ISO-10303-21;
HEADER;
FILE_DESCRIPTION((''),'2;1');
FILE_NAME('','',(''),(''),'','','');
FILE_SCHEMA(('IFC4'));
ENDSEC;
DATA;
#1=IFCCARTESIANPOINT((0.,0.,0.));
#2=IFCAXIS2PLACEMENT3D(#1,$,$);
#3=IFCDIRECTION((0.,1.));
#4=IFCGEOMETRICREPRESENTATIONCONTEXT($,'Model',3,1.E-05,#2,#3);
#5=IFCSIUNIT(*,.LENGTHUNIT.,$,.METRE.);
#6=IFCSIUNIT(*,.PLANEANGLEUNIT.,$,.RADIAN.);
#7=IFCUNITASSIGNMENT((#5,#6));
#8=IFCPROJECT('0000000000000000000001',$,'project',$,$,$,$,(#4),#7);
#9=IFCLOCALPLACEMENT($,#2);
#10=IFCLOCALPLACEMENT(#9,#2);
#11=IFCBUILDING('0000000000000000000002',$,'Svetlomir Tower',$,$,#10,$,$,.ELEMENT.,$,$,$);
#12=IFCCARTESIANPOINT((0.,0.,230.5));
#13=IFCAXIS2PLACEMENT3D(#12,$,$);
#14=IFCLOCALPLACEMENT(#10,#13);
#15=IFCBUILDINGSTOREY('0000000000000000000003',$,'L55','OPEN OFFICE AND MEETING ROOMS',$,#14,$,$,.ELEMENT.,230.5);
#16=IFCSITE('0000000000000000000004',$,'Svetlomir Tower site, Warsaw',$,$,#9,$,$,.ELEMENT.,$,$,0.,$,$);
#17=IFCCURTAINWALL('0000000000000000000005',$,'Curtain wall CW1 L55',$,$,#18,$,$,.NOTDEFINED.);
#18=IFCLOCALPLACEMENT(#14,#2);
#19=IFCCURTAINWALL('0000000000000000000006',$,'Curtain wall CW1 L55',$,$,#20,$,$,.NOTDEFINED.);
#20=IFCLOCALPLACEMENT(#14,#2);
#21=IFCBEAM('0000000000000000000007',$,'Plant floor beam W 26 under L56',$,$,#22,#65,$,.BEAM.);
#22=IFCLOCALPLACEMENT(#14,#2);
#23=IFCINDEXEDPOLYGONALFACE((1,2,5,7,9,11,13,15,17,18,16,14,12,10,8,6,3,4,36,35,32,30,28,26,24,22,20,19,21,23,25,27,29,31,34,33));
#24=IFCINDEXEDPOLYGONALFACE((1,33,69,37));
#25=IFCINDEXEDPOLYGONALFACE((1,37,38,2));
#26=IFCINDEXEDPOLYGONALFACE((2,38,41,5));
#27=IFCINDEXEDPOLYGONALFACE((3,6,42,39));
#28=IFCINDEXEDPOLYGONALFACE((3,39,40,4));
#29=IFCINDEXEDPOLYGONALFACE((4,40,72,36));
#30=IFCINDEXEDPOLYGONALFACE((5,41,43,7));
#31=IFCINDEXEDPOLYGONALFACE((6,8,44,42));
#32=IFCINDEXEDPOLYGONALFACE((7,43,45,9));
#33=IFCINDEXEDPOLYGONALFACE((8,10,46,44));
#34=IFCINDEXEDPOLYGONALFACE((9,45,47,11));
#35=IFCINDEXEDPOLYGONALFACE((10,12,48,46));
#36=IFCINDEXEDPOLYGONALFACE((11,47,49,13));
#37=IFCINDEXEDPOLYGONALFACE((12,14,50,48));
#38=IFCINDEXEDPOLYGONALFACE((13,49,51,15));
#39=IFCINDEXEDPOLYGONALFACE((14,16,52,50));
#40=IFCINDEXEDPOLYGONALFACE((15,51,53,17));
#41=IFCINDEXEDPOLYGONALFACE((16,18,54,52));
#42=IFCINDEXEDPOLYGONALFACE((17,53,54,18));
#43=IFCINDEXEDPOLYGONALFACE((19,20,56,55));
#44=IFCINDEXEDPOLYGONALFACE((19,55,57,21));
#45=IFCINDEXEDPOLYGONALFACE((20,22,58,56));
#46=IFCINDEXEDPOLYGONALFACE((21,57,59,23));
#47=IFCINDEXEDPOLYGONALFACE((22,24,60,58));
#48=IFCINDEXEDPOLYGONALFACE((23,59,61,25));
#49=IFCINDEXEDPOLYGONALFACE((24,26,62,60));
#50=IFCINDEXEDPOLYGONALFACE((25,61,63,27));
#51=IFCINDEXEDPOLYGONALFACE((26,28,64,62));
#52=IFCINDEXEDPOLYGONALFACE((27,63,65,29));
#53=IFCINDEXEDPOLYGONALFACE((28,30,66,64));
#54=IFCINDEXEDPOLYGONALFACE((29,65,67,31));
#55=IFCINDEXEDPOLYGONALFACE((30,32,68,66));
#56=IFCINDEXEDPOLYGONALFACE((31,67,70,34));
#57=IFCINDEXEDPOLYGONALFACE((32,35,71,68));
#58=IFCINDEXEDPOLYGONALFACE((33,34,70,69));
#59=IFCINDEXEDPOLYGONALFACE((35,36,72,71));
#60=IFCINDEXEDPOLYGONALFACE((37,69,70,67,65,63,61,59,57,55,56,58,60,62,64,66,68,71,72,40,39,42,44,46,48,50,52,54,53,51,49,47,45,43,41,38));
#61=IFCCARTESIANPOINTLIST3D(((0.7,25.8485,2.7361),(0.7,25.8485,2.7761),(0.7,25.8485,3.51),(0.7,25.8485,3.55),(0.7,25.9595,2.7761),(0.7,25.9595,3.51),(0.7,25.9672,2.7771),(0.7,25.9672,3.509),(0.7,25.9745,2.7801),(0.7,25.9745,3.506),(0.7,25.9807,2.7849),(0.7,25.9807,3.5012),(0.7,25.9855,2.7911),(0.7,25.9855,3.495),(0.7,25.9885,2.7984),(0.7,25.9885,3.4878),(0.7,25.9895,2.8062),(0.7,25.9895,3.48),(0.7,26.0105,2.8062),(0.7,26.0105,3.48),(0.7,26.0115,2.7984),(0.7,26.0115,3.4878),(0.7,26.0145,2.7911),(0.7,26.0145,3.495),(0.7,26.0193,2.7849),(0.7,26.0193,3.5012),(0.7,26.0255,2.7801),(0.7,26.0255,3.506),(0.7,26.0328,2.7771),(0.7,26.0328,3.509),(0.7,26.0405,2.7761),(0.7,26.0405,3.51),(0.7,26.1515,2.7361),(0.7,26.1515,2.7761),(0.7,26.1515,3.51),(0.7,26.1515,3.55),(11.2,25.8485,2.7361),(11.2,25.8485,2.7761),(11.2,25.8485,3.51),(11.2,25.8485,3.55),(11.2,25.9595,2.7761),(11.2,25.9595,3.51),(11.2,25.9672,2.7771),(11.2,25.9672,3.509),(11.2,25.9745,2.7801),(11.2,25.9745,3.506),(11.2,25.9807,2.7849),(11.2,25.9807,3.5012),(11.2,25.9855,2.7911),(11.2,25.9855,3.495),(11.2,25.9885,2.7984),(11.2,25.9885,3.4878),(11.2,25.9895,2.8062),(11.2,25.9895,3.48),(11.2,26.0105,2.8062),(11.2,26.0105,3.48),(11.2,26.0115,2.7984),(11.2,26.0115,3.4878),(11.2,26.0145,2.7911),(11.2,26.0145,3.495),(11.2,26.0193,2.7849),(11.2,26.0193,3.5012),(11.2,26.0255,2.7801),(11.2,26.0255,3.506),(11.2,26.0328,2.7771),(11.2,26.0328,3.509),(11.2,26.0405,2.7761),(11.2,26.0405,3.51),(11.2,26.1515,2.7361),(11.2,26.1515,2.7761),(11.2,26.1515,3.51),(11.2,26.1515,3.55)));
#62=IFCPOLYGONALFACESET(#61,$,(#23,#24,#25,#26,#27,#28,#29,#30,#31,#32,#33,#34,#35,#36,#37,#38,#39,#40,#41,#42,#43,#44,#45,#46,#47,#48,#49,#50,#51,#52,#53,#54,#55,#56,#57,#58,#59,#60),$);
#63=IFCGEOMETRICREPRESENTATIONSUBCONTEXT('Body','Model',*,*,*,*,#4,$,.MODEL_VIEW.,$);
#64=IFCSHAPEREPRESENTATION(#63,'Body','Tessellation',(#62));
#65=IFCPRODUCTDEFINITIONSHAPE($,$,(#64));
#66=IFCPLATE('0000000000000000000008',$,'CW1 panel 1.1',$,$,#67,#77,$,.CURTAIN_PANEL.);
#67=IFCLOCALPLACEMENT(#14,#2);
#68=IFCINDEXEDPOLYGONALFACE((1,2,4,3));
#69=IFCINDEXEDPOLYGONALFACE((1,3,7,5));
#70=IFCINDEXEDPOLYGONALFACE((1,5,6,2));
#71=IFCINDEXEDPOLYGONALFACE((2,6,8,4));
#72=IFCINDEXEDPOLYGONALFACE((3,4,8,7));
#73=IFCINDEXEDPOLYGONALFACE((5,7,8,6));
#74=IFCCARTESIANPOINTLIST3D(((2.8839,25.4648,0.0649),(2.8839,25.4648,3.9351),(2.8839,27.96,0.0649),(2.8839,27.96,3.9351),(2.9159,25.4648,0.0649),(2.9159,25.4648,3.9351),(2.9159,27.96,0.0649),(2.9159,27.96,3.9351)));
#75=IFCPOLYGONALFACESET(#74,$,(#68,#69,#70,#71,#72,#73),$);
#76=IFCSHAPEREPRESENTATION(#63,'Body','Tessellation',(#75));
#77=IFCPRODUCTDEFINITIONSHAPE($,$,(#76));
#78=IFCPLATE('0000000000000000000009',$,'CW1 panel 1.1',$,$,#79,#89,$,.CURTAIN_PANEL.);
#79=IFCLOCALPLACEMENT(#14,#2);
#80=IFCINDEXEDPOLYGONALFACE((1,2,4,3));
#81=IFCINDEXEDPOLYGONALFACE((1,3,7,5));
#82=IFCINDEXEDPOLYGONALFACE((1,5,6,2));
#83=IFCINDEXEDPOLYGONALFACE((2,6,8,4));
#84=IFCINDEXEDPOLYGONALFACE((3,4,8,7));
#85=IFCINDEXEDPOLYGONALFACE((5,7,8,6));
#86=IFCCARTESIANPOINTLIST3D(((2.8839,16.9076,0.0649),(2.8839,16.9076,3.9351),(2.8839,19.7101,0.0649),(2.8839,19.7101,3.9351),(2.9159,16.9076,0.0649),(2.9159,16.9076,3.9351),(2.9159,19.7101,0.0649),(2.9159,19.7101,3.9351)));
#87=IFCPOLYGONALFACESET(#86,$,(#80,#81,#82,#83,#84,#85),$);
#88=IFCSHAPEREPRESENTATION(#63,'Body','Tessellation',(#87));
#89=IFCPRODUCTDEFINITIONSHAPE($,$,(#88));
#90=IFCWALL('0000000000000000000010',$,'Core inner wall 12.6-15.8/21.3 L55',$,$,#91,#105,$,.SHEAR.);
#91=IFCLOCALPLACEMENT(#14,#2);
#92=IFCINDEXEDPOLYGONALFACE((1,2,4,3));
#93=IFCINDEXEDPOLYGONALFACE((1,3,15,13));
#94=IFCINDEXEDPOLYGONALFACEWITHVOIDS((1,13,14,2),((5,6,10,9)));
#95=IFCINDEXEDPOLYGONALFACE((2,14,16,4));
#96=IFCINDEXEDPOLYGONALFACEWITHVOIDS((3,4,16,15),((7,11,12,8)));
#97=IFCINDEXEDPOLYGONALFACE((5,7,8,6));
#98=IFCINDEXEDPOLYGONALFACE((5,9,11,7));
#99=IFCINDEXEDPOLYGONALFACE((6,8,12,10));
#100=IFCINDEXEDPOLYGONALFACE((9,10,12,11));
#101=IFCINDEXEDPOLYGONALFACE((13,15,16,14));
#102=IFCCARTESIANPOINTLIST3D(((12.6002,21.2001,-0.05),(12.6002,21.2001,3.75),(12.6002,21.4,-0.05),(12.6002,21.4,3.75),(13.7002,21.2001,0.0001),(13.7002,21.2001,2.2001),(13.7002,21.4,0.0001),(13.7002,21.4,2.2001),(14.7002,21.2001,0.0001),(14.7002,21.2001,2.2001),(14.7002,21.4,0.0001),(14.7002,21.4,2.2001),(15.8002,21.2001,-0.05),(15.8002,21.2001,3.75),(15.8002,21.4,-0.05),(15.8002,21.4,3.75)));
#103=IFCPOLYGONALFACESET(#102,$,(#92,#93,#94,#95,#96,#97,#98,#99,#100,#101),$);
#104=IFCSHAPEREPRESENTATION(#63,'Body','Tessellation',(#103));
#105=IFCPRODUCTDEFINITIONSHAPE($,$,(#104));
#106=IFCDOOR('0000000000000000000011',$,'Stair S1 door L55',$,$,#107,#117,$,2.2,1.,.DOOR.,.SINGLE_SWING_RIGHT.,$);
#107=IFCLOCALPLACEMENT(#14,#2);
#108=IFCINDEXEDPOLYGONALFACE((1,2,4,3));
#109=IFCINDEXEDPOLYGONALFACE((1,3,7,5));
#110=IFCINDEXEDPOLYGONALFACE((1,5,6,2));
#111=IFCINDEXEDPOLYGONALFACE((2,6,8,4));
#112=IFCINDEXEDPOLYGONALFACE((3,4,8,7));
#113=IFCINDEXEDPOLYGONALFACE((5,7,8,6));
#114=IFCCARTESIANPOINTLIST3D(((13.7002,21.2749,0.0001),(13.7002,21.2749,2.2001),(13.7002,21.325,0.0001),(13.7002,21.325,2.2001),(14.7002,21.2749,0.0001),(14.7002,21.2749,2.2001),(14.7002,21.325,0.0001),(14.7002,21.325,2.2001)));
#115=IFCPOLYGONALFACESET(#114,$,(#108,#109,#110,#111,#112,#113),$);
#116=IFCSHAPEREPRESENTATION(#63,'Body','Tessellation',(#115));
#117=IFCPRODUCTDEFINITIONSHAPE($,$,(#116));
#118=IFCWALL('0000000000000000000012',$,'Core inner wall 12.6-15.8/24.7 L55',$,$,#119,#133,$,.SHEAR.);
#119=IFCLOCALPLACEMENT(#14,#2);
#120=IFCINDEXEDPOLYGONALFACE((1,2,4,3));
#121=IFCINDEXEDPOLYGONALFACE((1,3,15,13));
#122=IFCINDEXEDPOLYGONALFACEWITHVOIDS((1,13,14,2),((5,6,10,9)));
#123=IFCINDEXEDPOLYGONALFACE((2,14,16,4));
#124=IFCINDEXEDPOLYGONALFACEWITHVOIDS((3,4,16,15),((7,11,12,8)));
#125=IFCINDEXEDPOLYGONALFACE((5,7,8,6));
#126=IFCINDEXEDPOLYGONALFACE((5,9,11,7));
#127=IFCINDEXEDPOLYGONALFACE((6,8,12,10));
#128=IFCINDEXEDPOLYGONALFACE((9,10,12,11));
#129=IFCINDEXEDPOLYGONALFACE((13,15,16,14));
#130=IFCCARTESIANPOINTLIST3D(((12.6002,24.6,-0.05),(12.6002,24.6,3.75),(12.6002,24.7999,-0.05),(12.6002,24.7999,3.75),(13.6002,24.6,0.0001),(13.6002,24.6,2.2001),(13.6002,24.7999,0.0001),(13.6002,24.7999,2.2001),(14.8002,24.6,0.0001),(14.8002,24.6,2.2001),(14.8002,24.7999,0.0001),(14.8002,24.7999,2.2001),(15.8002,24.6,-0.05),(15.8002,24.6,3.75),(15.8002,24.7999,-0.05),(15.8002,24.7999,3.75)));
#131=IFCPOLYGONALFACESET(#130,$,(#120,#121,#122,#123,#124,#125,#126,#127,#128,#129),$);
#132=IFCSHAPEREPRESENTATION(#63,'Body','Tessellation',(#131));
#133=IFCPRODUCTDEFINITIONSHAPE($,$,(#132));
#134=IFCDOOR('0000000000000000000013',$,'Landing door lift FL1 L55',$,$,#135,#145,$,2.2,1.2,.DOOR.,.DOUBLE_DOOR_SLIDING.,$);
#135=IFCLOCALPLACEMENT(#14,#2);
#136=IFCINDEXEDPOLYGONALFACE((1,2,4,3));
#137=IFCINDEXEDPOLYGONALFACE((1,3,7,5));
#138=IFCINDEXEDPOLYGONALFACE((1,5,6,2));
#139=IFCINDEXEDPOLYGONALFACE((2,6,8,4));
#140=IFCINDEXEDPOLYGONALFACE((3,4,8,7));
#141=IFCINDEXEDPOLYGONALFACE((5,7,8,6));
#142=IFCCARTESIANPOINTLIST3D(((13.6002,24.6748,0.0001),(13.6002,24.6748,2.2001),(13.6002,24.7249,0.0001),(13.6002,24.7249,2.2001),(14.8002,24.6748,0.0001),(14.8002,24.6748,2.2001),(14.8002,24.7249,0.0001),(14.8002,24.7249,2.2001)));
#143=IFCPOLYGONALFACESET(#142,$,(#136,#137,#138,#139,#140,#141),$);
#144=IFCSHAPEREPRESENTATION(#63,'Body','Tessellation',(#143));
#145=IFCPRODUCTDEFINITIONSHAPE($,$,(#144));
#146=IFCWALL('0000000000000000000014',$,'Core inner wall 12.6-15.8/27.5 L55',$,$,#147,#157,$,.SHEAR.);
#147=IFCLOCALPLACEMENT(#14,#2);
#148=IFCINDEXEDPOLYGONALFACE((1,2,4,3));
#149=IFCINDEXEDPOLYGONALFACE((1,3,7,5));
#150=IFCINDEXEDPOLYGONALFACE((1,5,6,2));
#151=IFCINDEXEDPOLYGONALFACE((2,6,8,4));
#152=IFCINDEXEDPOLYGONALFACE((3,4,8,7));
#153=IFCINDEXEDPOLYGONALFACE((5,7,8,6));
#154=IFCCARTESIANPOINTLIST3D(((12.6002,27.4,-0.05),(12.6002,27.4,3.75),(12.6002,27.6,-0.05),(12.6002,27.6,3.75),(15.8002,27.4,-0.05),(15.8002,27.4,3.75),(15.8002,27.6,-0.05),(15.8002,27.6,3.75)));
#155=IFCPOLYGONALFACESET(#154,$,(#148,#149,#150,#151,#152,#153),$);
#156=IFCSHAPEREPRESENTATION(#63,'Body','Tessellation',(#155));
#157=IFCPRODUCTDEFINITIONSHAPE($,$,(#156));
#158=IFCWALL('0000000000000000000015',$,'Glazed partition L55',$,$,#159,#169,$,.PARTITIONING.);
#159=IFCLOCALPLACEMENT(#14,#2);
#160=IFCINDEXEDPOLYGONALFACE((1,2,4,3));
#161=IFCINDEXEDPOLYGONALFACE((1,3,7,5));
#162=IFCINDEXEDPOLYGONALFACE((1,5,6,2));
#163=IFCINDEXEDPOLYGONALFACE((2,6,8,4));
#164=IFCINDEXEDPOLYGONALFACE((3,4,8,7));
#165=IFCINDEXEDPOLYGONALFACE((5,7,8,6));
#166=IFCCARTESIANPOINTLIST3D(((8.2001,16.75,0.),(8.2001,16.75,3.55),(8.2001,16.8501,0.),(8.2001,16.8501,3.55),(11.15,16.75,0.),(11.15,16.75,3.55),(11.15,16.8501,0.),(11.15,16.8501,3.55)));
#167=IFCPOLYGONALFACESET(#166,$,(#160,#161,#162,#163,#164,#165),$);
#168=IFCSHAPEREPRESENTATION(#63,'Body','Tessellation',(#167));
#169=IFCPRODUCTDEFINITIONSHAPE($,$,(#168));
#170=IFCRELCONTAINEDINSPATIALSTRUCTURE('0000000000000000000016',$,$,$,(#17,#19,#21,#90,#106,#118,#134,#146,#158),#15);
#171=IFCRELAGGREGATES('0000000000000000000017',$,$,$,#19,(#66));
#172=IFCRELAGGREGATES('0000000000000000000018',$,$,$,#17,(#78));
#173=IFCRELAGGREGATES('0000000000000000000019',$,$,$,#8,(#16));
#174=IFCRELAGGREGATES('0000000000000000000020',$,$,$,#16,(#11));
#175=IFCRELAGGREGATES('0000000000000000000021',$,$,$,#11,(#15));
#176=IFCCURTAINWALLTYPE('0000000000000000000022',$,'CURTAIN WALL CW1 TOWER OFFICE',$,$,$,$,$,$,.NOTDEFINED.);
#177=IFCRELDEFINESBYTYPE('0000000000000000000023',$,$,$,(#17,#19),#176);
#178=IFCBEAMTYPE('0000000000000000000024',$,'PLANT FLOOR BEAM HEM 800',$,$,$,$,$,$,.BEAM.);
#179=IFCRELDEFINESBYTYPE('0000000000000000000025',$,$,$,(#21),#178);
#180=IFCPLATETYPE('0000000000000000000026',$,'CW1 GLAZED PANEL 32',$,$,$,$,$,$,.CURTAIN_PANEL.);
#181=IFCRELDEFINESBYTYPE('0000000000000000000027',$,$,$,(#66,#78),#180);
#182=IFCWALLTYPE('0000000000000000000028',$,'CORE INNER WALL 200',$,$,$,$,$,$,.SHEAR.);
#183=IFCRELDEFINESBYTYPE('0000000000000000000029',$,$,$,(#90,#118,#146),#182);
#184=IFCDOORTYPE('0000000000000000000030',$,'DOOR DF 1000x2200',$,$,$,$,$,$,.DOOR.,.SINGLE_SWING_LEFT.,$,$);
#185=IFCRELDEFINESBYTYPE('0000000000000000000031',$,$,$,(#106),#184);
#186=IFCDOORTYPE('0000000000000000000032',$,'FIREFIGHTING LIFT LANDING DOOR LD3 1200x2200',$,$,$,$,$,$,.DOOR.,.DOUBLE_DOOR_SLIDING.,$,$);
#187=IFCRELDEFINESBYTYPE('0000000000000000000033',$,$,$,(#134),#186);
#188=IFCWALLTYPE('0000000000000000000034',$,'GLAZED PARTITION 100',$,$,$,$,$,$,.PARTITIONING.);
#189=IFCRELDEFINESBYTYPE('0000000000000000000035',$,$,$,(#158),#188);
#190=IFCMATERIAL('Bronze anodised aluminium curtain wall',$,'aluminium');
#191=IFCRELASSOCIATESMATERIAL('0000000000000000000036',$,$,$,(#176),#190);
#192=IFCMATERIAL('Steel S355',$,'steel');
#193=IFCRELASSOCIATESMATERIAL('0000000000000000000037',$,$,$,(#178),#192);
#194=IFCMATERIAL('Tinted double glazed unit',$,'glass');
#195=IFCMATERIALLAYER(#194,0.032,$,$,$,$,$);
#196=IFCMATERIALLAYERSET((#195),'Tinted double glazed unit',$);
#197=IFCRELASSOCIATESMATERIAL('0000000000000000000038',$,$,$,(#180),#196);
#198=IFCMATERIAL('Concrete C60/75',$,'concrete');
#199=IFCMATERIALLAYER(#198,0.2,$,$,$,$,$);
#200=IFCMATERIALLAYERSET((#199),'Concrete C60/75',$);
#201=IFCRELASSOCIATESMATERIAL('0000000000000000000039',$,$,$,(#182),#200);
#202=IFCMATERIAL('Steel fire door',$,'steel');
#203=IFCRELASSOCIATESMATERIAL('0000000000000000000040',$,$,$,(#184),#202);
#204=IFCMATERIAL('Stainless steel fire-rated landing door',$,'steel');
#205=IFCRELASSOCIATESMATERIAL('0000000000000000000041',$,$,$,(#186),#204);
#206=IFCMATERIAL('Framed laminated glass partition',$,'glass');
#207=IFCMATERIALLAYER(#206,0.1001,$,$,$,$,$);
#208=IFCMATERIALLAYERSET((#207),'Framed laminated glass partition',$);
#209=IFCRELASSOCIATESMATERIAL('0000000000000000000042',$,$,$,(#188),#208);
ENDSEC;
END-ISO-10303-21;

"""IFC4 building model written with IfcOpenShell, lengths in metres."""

from ifc_helpers import new_model, si_unit, direction, frame, frame_2d, origin, origin_2d, place, context, subcontext, project, spatial, rectangle, i_section, extrude, material, layer, layer_set, material_profile, profile_set, type_object, element, fill, aggregate, save


model = new_model("IFC4")

# Units and contexts
model_context = context("Model", 3, precision=1e-05, world=origin(), true_north=direction((0.0, 1.0)))
body_context = subcontext(model_context, "Body", "Model", "MODEL_VIEW")
ifc_project = project(units=[si_unit("LENGTHUNIT", "METRE"), si_unit("PLANEANGLEUNIT", "RADIAN")], contexts=[model_context])

# Site, building, storey
site_placement = place(None, origin())
site = spatial("IfcSite", under=ifc_project, at=site_placement, Name="Svetlomir Tower site, Warsaw", CompositionType="ELEMENT", RefElevation=0.0)
building_placement = place(site_placement, origin())
building = spatial("IfcBuilding", under=site, at=building_placement, Name="Svetlomir Tower", CompositionType="ELEMENT")
storey_placement = place(building_placement, frame((0.0, 0.0, 230.5)))
storey = spatial("IfcBuildingStorey", under=building, at=storey_placement, Name="L55", Description="OPEN OFFICE AND MEETING ROOMS", CompositionType="ELEMENT", Elevation=230.5)

# Curtain walls
ifc_material_1 = material(Name="Bronze anodised aluminium curtain wall", Category="aluminium")
curtain_wall_type = type_object("IfcCurtainWallType", Name="CURTAIN WALL CW1 TOWER OFFICE", PredefinedType="NOTDEFINED", material=ifc_material_1)
curtain_wall_1_placement = place(storey_placement, origin())
curtain_wall_1 = element("IfcCurtainWall", 1, at=curtain_wall_1_placement, inside=storey, type_object=curtain_wall_type, Name="Curtain wall CW1 L55", PredefinedType="NOTDEFINED")
curtain_wall_2_placement = place(storey_placement, origin())
curtain_wall_2 = element("IfcCurtainWall", 2, at=curtain_wall_2_placement, inside=storey, type_object=curtain_wall_type, Name="Curtain wall CW1 L55", PredefinedType="NOTDEFINED")

# Beam
ifc_material_2 = material(Name="Steel S355", Category="steel")
ifc_material_profile_1 = material_profile(ifc_material_2, i_section(OverallWidth=0.303, OverallDepth=0.814, WebThickness=0.021, FlangeThickness=0.04, FilletRadius=0.03, at=origin_2d()), Name="HEM 800")
ifc_profile_set_1 = profile_set([ifc_material_profile_1], Name="Steel S355")
beam_type_1 = type_object("IfcBeamType", Name="PLANT FLOOR BEAM HEM 800", PredefinedType="BEAM", material=ifc_profile_set_1)
beam_1_placement = place(storey_placement, frame((0.7, 26.0, 3.1431), z_axis=(1.0, 0.0, 0.0), x_axis=(0.0, 1.0, 0.0)))
element("IfcBeam", 3, at=beam_1_placement, inside=storey, type_object=beam_type_1, Name="Plant floor beam W 26 under L56", PredefinedType="BEAM", context=body_context, shape_type="SweptSolid", body=[
    extrude(i_section(OverallWidth=0.303, OverallDepth=0.814, WebThickness=0.021, FlangeThickness=0.04, FilletRadius=0.03, at=origin_2d()), origin(), (0.0, 0.0, 1.0), 10.5),
])

# Plates
ifc_material_3 = material(Name="Tinted double glazed unit", Category="glass")
ifc_layer_1 = layer(ifc_material_3, 0.032)
ifc_layer_set_1 = layer_set([ifc_layer_1], Name="Tinted double glazed unit")
plate_type = type_object("IfcPlateType", Name="CW1 GLAZED PANEL 32", PredefinedType="CURTAIN_PANEL", material=ifc_layer_set_1)
plate_1_placement = place(storey_placement, frame((2.8999, 26.7124, 0.0649), z_axis=(0.0, 0.0, 1.0), x_axis=(0.0, -1.0, 0.0)))
plate_1 = element("IfcPlate", 4, at=plate_1_placement, type_object=plate_type, Name="CW1 panel 1.1", PredefinedType="CURTAIN_PANEL", context=body_context, shape_type="SweptSolid", body=[
    extrude(rectangle(XDim=2.4951, YDim=0.032, at=origin_2d()), origin(), (0.0, 0.0, 1.0), 3.8701),
])
aggregate(curtain_wall_2, [plate_1])
plate_2_placement = place(storey_placement, frame((2.8999, 18.3088, 0.0649), z_axis=(0.0, 0.0, 1.0), x_axis=(0.0, -1.0, 0.0)))
plate_2 = element("IfcPlate", 5, at=plate_2_placement, type_object=plate_type, Name="CW1 panel 1.1", PredefinedType="CURTAIN_PANEL", context=body_context, shape_type="SweptSolid", body=[
    extrude(rectangle(XDim=2.8025, YDim=0.032, at=origin_2d()), origin(), (0.0, 0.0, 1.0), 3.8701),
])
aggregate(curtain_wall_1, [plate_2])

# Walls, openings, doors
ifc_material_4 = material(Name="Concrete C60/75", Category="concrete")
ifc_layer_2 = layer(ifc_material_4, 0.2)
ifc_layer_set_2 = layer_set([ifc_layer_2], Name="Concrete C60/75")
wall_type_1 = type_object("IfcWallType", Name="CORE INNER WALL 200", PredefinedType="SHEAR", material=ifc_layer_set_2)
wall_1_placement = place(storey_placement, frame((12.6001, 21.3, -0.05), z_axis=(0.0, 0.0, 1.0), x_axis=(1.0, 0.0, 0.0)))
wall_1 = element("IfcWall", 6, at=wall_1_placement, inside=storey, type_object=wall_type_1, Name="Core inner wall 12.6-15.8/21.3 L55", PredefinedType="SHEAR", context=body_context, shape_type="SweptSolid", body=[
    extrude(rectangle(XDim=3.2, YDim=0.2, at=frame_2d((1.6001, 0.0))), origin(), (0.0, 0.0, 1.0), 3.8),
])
opening_1_placement = place(wall_1_placement, frame((1.1001, 0.0, 0.05)))
opening_1 = element("IfcOpeningElement", 7, at=opening_1_placement, cuts=wall_1, PredefinedType="OPENING", context=body_context, shape_type="SweptSolid", body=[
    extrude(rectangle(XDim=1.0, YDim=2.2, at=frame_2d((0.5, 1.1001))), frame((0.0, 0.1099, 0.0), z_axis=(0.0, -1.0, 0.0), x_axis=(1.0, 0.0, 0.0)), (0.0, 0.0, 1.0), 0.22),
])
ifc_material_5 = material(Name="Steel fire door", Category="steel")
door_type_1 = type_object("IfcDoorType", Name="DOOR DF 1000x2200", OperationType="SINGLE_SWING_LEFT", PredefinedType="DOOR", material=ifc_material_5)
door_1_placement = place(opening_1_placement, origin())
door_1 = element("IfcDoor", 8, at=door_1_placement, inside=storey, type_object=door_type_1, Name="Stair S1 door L55", OperationType="SINGLE_SWING_RIGHT", OverallHeight=2.2, OverallWidth=1.0, PredefinedType="DOOR", context=body_context, shape_type="SweptSolid", body=[
    extrude(rectangle(XDim=1.0, YDim=2.2, at=frame_2d((0.5, 1.1001))), frame((0.0, 0.0249, 0.0), z_axis=(0.0, -1.0, 0.0), x_axis=(1.0, 0.0, 0.0)), (0.0, 0.0, 1.0), 0.05),
])
fill(opening_1, door_1)
wall_2_placement = place(storey_placement, frame((12.6001, 24.7, -0.05), z_axis=(0.0, 0.0, 1.0), x_axis=(1.0, 0.0, 0.0)))
wall_2 = element("IfcWall", 9, at=wall_2_placement, inside=storey, type_object=wall_type_1, Name="Core inner wall 12.6-15.8/24.7 L55", PredefinedType="SHEAR", context=body_context, shape_type="SweptSolid", body=[
    extrude(rectangle(XDim=3.2, YDim=0.2, at=frame_2d((1.6001, 0.0))), origin(), (0.0, 0.0, 1.0), 3.8),
])
opening_2_placement = place(wall_2_placement, frame((1.0, 0.0, 0.05)))
opening_2 = element("IfcOpeningElement", 10, at=opening_2_placement, cuts=wall_2, PredefinedType="OPENING", context=body_context, shape_type="SweptSolid", body=[
    extrude(rectangle(XDim=1.2, YDim=2.2, at=frame_2d((0.6001, 1.1001))), frame((0.0, 0.1099, 0.0), z_axis=(0.0, -1.0, 0.0), x_axis=(1.0, 0.0, 0.0)), (0.0, 0.0, 1.0), 0.22),
])
ifc_material_6 = material(Name="Stainless steel fire-rated landing door", Category="steel")
door_type_2 = type_object("IfcDoorType", Name="FIREFIGHTING LIFT LANDING DOOR LD3 1200x2200", OperationType="DOUBLE_DOOR_SLIDING", PredefinedType="DOOR", material=ifc_material_6)
door_2_placement = place(opening_2_placement, origin())
door_2 = element("IfcDoor", 11, at=door_2_placement, inside=storey, type_object=door_type_2, Name="Landing door lift FL1 L55", OperationType="DOUBLE_DOOR_SLIDING", OverallHeight=2.2, OverallWidth=1.2, PredefinedType="DOOR", context=body_context, shape_type="SweptSolid", body=[
    extrude(rectangle(XDim=1.2, YDim=2.2, at=frame_2d((0.6001, 1.1001))), frame((0.0, 0.0249, 0.0), z_axis=(0.0, -1.0, 0.0), x_axis=(1.0, 0.0, 0.0)), (0.0, 0.0, 1.0), 0.05),
])
fill(opening_2, door_2)

# Walls
wall_3_placement = place(storey_placement, frame((12.6001, 27.5, -0.05), z_axis=(0.0, 0.0, 1.0), x_axis=(1.0, 0.0, 0.0)))
element("IfcWall", 12, at=wall_3_placement, inside=storey, type_object=wall_type_1, Name="Core inner wall 12.6-15.8/27.5 L55", PredefinedType="SHEAR", context=body_context, shape_type="SweptSolid", body=[
    extrude(rectangle(XDim=3.2, YDim=0.2, at=frame_2d((1.6001, 0.0))), origin(), (0.0, 0.0, 1.0), 3.8),
])
ifc_material_7 = material(Name="Framed laminated glass partition", Category="glass")
ifc_layer_3 = layer(ifc_material_7, 0.1001)
ifc_layer_set_3 = layer_set([ifc_layer_3], Name="Framed laminated glass partition")
wall_type_2 = type_object("IfcWallType", Name="GLAZED PARTITION 100", PredefinedType="PARTITIONING", material=ifc_layer_set_3)
wall_4_placement = place(storey_placement, frame((8.2, 16.8, 0.0), z_axis=(0.0, 0.0, 1.0), x_axis=(1.0, 0.0, 0.0)))
element("IfcWall", 13, at=wall_4_placement, inside=storey, type_object=wall_type_2, Name="Glazed partition L55", PredefinedType="PARTITIONING", context=body_context, shape_type="SweptSolid", body=[
    extrude(rectangle(XDim=2.95, YDim=0.1001, at=frame_2d((1.4751, 0.0))), origin(), (0.0, 0.0, 1.0), 3.55),
])

save(model, "model.ifc")
